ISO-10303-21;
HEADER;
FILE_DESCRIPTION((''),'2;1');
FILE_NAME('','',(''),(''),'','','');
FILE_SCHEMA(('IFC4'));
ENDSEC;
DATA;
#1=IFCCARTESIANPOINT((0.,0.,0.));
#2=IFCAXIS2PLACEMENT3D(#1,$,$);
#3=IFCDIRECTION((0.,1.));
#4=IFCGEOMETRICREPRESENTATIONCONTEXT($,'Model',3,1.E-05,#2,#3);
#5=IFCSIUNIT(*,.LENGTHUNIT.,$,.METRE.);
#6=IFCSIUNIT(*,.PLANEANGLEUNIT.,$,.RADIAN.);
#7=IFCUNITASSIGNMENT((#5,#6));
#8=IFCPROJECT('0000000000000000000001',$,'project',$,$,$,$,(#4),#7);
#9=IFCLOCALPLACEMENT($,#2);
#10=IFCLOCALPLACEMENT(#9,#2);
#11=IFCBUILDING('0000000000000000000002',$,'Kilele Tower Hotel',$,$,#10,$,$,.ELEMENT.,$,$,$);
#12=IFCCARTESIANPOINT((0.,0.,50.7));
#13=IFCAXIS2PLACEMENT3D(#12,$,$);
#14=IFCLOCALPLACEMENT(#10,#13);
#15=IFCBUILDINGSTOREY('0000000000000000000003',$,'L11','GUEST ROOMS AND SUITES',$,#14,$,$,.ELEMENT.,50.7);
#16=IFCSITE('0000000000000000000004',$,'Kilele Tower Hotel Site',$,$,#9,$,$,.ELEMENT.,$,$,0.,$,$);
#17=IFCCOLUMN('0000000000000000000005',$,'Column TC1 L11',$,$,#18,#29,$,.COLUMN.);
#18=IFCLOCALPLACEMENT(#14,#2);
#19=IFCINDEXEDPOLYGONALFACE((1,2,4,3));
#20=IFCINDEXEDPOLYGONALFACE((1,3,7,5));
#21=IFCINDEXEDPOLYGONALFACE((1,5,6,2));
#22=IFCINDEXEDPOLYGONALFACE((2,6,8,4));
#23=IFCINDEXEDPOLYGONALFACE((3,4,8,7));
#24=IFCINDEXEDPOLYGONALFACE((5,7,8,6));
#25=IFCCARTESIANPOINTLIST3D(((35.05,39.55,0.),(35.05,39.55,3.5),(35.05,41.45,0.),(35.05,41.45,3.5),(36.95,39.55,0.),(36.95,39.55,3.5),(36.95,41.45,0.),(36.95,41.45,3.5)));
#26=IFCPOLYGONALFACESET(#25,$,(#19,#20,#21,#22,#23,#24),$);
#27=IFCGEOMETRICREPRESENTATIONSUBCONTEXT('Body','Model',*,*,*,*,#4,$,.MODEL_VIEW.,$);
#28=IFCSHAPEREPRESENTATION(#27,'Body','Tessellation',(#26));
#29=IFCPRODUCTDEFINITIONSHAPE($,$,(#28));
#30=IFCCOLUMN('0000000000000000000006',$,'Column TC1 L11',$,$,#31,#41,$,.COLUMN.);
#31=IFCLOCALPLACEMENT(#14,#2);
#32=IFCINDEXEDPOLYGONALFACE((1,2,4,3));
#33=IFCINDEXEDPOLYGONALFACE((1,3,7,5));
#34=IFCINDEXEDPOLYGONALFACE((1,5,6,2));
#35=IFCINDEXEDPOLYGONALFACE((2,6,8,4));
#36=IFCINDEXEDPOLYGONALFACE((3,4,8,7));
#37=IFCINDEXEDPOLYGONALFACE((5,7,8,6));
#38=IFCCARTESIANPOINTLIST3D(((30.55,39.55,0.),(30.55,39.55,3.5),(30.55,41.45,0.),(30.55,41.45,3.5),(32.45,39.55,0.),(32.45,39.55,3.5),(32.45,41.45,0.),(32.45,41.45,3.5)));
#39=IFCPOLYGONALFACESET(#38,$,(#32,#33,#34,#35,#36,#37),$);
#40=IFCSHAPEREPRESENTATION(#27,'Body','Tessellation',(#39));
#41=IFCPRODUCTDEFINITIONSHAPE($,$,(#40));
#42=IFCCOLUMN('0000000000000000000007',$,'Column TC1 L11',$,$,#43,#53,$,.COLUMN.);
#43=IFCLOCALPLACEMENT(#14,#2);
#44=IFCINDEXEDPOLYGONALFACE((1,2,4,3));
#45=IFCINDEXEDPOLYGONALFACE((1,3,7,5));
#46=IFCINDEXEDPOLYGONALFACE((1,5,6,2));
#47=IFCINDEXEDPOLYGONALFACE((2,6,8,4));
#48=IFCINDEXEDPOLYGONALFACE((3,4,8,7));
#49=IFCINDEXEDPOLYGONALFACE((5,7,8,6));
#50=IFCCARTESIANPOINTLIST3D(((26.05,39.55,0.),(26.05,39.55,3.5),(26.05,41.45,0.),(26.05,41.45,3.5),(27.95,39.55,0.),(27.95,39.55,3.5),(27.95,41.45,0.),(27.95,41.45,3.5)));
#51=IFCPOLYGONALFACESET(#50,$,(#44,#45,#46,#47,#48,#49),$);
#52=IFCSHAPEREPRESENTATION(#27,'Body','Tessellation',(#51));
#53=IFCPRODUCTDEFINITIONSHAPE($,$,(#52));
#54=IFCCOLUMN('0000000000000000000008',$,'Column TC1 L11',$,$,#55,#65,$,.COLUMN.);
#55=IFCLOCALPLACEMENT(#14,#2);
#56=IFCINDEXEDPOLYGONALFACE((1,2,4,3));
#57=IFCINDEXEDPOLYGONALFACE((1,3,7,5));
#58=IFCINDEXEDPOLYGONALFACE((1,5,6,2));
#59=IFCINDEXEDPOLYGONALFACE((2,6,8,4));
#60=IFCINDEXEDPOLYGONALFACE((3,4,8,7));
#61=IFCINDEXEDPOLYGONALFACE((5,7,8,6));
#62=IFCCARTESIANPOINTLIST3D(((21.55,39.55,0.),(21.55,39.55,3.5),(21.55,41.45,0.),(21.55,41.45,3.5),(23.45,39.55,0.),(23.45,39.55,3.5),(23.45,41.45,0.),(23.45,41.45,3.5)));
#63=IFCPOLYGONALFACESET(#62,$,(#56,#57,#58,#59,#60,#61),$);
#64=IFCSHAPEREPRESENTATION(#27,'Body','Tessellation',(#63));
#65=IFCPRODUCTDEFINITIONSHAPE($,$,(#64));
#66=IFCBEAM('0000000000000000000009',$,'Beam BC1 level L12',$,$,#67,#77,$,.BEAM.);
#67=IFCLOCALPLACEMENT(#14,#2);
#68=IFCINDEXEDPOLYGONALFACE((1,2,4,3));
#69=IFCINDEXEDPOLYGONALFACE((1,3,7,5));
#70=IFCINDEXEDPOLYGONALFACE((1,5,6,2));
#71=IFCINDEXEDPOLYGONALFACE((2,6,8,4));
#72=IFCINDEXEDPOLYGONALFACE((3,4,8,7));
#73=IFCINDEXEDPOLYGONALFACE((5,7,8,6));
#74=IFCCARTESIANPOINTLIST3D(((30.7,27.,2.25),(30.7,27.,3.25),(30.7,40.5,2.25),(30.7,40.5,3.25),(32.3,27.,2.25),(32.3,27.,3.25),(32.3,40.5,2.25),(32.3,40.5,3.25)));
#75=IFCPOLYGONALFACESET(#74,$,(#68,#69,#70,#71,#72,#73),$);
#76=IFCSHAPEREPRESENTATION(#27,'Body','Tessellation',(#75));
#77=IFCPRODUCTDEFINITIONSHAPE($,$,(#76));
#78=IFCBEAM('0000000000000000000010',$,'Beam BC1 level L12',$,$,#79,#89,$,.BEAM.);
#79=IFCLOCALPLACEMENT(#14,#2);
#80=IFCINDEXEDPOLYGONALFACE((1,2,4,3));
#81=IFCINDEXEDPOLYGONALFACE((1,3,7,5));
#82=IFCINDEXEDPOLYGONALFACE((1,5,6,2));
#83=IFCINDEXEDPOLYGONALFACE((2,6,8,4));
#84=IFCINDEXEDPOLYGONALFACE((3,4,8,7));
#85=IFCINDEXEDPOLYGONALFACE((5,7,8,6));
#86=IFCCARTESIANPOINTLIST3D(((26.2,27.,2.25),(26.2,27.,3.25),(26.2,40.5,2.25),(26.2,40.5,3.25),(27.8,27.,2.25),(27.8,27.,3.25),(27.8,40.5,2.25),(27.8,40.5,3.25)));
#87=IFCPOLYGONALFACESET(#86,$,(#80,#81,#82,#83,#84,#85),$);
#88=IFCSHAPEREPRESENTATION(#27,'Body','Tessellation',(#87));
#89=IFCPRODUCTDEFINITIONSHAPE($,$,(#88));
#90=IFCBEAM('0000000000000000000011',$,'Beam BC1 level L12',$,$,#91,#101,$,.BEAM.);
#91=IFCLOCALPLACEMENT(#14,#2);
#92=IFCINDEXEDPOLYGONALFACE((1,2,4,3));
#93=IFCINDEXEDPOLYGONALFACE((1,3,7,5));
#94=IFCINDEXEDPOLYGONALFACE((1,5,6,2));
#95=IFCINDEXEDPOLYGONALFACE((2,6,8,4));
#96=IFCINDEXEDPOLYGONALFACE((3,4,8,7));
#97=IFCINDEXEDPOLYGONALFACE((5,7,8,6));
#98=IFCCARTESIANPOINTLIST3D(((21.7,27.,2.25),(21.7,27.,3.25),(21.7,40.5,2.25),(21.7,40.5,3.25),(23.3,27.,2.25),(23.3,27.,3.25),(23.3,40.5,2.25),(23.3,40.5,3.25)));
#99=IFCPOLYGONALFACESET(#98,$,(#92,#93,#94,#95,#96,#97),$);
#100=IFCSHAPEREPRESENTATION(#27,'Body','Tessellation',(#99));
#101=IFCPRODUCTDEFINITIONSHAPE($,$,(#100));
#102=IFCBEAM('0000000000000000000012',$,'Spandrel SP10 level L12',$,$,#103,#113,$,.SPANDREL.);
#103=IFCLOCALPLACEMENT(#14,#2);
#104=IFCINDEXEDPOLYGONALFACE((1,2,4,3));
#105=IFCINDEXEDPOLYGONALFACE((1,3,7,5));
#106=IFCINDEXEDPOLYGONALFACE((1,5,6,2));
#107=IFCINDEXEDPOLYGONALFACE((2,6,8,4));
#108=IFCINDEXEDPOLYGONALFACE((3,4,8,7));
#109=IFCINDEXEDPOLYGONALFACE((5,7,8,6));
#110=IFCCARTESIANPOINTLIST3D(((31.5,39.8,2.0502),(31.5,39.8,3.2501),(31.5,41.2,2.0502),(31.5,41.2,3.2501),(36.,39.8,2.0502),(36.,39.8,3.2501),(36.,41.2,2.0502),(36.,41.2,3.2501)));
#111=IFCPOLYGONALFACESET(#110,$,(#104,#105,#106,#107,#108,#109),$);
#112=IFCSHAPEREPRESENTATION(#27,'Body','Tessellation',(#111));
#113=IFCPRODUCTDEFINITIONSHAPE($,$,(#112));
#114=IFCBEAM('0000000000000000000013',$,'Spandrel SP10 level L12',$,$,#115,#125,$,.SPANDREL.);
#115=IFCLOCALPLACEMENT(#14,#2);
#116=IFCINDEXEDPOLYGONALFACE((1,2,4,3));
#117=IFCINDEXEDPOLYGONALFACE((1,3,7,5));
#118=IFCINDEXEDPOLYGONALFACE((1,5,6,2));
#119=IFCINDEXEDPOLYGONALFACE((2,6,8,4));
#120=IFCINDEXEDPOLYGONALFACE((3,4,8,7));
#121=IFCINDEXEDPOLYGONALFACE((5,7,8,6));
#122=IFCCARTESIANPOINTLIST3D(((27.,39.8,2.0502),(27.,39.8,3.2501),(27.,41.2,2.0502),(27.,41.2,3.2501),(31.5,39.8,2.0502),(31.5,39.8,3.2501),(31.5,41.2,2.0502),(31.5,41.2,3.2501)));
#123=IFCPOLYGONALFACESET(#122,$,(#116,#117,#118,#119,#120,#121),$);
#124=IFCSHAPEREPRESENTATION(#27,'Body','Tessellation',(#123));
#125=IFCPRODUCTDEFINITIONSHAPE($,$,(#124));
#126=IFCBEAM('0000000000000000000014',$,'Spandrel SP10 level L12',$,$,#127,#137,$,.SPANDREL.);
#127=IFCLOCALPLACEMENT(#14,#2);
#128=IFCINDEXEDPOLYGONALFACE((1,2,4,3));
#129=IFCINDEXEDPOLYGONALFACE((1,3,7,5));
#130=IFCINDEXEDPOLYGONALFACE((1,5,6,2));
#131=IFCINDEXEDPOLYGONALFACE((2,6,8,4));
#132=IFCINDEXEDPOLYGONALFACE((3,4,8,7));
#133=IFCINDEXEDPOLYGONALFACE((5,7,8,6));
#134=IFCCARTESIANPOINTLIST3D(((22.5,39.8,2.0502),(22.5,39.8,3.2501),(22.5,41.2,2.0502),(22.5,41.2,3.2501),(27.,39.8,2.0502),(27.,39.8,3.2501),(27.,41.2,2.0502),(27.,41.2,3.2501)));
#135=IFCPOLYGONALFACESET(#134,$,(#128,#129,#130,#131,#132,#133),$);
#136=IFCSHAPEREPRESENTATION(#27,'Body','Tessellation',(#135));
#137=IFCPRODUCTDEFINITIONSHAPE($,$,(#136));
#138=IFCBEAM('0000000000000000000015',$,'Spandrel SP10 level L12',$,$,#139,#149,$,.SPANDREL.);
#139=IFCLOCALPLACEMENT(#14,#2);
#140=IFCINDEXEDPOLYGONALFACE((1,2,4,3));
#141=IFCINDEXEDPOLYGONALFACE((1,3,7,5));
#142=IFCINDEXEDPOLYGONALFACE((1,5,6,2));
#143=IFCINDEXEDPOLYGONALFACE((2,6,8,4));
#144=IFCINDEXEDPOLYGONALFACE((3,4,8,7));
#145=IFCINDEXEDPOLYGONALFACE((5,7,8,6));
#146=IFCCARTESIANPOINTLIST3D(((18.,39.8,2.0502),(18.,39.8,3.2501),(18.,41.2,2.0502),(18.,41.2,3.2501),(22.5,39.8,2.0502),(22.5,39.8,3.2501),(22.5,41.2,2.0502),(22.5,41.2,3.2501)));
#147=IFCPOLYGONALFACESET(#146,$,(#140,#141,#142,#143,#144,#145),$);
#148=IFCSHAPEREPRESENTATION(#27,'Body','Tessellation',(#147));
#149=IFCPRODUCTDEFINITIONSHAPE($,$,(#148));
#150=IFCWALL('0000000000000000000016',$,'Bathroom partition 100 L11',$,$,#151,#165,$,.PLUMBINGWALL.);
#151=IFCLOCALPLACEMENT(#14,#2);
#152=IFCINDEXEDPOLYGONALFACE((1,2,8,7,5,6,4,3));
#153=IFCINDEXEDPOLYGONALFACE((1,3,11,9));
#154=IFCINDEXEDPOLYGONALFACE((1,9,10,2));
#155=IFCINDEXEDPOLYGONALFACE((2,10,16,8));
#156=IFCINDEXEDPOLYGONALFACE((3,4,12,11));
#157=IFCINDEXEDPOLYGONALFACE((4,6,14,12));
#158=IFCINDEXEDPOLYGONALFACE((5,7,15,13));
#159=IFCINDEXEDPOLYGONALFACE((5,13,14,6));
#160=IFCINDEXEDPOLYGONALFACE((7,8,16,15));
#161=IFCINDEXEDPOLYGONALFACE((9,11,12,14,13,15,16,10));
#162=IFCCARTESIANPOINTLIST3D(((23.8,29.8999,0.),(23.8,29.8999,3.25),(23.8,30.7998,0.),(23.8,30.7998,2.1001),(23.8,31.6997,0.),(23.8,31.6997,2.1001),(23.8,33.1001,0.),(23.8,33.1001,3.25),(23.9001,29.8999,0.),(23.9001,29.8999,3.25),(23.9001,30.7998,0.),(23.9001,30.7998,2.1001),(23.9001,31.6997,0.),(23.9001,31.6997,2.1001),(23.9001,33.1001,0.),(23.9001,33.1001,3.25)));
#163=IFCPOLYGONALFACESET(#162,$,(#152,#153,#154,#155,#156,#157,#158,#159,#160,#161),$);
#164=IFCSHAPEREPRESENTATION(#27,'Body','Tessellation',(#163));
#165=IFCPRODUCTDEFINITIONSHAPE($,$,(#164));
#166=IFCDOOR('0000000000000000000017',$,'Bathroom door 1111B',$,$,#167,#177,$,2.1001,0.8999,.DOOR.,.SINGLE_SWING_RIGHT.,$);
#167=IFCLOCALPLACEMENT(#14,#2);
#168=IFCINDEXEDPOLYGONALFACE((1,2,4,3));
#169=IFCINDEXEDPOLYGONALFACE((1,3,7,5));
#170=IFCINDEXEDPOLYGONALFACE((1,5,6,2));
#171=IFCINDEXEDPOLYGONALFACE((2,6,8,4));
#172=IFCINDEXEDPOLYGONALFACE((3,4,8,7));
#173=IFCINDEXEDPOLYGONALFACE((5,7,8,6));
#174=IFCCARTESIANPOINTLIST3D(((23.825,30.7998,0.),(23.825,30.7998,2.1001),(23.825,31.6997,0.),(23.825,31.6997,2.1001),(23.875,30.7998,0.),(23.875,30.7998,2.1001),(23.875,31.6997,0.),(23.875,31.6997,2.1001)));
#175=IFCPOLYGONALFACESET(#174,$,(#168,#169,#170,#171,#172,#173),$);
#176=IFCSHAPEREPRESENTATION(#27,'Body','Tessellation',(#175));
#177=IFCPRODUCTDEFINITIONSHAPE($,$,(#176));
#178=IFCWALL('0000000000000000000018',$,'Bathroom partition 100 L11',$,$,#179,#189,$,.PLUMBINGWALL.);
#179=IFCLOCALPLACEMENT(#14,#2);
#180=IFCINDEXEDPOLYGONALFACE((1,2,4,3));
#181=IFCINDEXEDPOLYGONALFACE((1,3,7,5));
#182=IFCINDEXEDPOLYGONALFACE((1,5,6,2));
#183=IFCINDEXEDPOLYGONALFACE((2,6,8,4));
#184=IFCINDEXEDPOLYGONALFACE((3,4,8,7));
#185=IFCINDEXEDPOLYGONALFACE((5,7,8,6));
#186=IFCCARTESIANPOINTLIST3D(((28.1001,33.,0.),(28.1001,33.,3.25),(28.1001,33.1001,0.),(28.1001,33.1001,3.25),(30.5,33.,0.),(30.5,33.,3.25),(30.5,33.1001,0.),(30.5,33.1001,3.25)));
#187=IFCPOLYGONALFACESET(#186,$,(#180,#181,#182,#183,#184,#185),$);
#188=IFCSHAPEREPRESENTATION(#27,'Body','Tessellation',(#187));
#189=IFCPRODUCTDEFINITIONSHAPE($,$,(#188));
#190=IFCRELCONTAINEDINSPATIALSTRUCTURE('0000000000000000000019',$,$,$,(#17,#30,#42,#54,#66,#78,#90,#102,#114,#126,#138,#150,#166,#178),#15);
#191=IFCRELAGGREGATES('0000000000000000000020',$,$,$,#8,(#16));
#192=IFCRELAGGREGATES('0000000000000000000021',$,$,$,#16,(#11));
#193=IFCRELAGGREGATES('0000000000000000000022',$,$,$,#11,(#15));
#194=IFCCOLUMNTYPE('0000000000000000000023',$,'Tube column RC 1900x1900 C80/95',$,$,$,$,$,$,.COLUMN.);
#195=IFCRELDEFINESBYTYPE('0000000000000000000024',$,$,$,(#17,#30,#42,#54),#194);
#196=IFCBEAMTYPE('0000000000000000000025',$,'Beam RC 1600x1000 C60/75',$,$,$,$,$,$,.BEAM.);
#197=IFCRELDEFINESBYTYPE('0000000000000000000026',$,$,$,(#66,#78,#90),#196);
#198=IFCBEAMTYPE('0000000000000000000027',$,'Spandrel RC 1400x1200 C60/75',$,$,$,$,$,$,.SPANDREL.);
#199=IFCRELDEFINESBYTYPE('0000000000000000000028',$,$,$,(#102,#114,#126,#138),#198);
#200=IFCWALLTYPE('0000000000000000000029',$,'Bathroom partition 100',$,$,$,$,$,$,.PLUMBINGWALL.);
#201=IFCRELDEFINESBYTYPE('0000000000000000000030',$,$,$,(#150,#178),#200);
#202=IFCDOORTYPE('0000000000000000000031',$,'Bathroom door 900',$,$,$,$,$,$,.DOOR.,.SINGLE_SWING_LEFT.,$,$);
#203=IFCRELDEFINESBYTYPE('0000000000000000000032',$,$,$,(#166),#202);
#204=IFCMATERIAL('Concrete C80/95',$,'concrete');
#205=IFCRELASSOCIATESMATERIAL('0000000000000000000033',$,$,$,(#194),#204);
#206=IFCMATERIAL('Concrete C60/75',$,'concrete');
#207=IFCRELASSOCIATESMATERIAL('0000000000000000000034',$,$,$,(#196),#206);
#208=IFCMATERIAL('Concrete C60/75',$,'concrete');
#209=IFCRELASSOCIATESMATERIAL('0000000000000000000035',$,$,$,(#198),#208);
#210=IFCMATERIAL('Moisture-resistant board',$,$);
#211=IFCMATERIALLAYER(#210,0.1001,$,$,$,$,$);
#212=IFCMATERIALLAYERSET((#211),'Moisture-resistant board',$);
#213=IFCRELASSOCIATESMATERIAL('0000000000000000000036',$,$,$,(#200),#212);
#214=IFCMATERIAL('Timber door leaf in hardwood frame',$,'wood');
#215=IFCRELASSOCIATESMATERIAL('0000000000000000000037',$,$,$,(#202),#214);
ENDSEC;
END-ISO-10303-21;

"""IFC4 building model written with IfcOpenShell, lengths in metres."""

from ifc_helpers import new_model, si_unit, direction, frame, frame_2d, origin, origin_2d, place, context, subcontext, project, spatial, rectangle, extrude, material, layer, layer_set, material_profile, profile_set, type_object, element, fill, save


model = new_model("IFC4")

# Units and contexts
model_context = context("Model", 3, precision=1e-05, world=origin(), true_north=direction((0.0, 1.0)))
body_context = subcontext(model_context, "Body", "Model", "MODEL_VIEW")
ifc_project = project(units=[si_unit("LENGTHUNIT", "METRE"), si_unit("PLANEANGLEUNIT", "RADIAN")], contexts=[model_context])

# Site, building, storey
site_placement = place(None, origin())
site = spatial("IfcSite", under=ifc_project, at=site_placement, Name="Kilele Tower Hotel Site", CompositionType="ELEMENT", RefElevation=0.0)
building_placement = place(site_placement, origin())
building = spatial("IfcBuilding", under=site, at=building_placement, Name="Kilele Tower Hotel", CompositionType="ELEMENT")
storey_placement = place(building_placement, frame((0.0, 0.0, 50.7)))
storey = spatial("IfcBuildingStorey", under=building, at=storey_placement, Name="L11", Description="GUEST ROOMS AND SUITES", CompositionType="ELEMENT", Elevation=50.7)

# Columns
ifc_material_1 = material(Name="Concrete C80/95", Category="concrete")
ifc_material_profile_1 = material_profile(ifc_material_1, rectangle(XDim=1.8999, YDim=1.8999, at=origin_2d()))
ifc_profile_set_1 = profile_set([ifc_material_profile_1], Name="Concrete C80/95")
column_type = type_object("IfcColumnType", Name="Tube column RC 1900x1900 C80/95", PredefinedType="COLUMN", material=ifc_profile_set_1)
for number, where, z_axis, x_axis, name in (
    (1, (36.0, 40.5, 0.0), (0.0, 0.0, 1.0), (1.0, 0.0, 0.0), "Column TC1 L11"),
    (2, (31.5, 40.5, 0.0), (0.0, 0.0, 1.0), (1.0, 0.0, 0.0), "Column TC1 L11"),
    (3, (27.0, 40.5, 0.0), (0.0, 0.0, 1.0), (1.0, 0.0, 0.0), "Column TC1 L11"),
    (4, (22.5, 40.5, 0.0), (0.0, 0.0, 1.0), (1.0, 0.0, 0.0), "Column TC1 L11"),
):
    element("IfcColumn", number, at=place(storey_placement, frame(where, z_axis=z_axis, x_axis=x_axis)), inside=storey, type_object=column_type, Name=name, PredefinedType="COLUMN", context=body_context, shape_type="SweptSolid", body=[
        extrude(rectangle(XDim=1.8999, YDim=1.8999, at=origin_2d()), origin(), (0.0, 0.0, 1.0), 3.5),
    ])

# Beams
ifc_material_2 = material(Name="Concrete C60/75", Category="concrete")
ifc_material_profile_2 = material_profile(ifc_material_2, rectangle(XDim=1.6001, YDim=1.0, at=origin_2d()))
ifc_profile_set_2 = profile_set([ifc_material_profile_2], Name="Concrete C60/75")
beam_type_1 = type_object("IfcBeamType", Name="Beam RC 1600x1000 C60/75", PredefinedType="BEAM", material=ifc_profile_set_2)
for number, where, z_axis, x_axis, name in (
    (5, (31.5, 40.5, 2.75), (0.0, -1.0, 0.0), (1.0, 0.0, 0.0), "Beam BC1 level L12"),
    (6, (27.0, 40.5, 2.75), (0.0, -1.0, 0.0), (1.0, 0.0, 0.0), "Beam BC1 level L12"),
    (7, (22.5, 40.5, 2.75), (0.0, -1.0, 0.0), (1.0, 0.0, 0.0), "Beam BC1 level L12"),
):
    element("IfcBeam", number, at=place(storey_placement, frame(where, z_axis=z_axis, x_axis=x_axis)), inside=storey, type_object=beam_type_1, Name=name, PredefinedType="BEAM", context=body_context, shape_type="SweptSolid", body=[
        extrude(rectangle(XDim=1.6001, YDim=1.0, at=origin_2d()), origin(), (0.0, 0.0, 1.0), 13.5),
    ])
ifc_material_3 = material(Name="Concrete C60/75", Category="concrete")
ifc_material_profile_3 = material_profile(ifc_material_3, rectangle(XDim=1.3999, YDim=1.2, at=origin_2d()))
ifc_profile_set_3 = profile_set([ifc_material_profile_3], Name="Concrete C60/75")
beam_type_2 = type_object("IfcBeamType", Name="Spandrel RC 1400x1200 C60/75", PredefinedType="SPANDREL", material=ifc_profile_set_3)
for number, where, z_axis, x_axis, name in (
    (8, (36.0, 40.5, 2.6501), (-1.0, 0.0, 0.0), (0.0, -1.0, 0.0), "Spandrel SP10 level L12"),
    (9, (31.5, 40.5, 2.6501), (-1.0, 0.0, 0.0), (0.0, -1.0, 0.0), "Spandrel SP10 level L12"),
    (10, (27.0, 40.5, 2.6501), (-1.0, 0.0, 0.0), (0.0, -1.0, 0.0), "Spandrel SP10 level L12"),
    (11, (22.5, 40.5, 2.6501), (-1.0, 0.0, 0.0), (0.0, -1.0, 0.0), "Spandrel SP10 level L12"),
):
    element("IfcBeam", number, at=place(storey_placement, frame(where, z_axis=z_axis, x_axis=x_axis)), inside=storey, type_object=beam_type_2, Name=name, PredefinedType="SPANDREL", context=body_context, shape_type="SweptSolid", body=[
        extrude(rectangle(XDim=1.3999, YDim=1.2, at=origin_2d()), origin(), (0.0, 0.0, 1.0), 4.5),
    ])

# Wall, opening, door
ifc_material_4 = material(Name="Moisture-resistant board")
ifc_layer_1 = layer(ifc_material_4, 0.1001)
ifc_layer_set_1 = layer_set([ifc_layer_1], Name="Moisture-resistant board")
wall_type_1 = type_object("IfcWallType", Name="Bathroom partition 100", PredefinedType="PLUMBINGWALL", material=ifc_layer_set_1)
wall_1_placement = place(storey_placement, frame((23.8501, 29.8999, 0.0), z_axis=(0.0, 0.0, 1.0), x_axis=(0.0, 1.0, 0.0)))
wall_1 = element("IfcWall", 12, at=wall_1_placement, inside=storey, type_object=wall_type_1, Name="Bathroom partition 100 L11", PredefinedType="PLUMBINGWALL", context=body_context, shape_type="SweptSolid", body=[
    extrude(rectangle(XDim=3.2002, YDim=0.1001, at=frame_2d((1.6001, 0.0))), origin(), (0.0, 0.0, 1.0), 3.25),
])
opening_1_placement = place(wall_1_placement, frame((1.7998, 0.0, 0.0), z_axis=(0.0, 0.0, 1.0), x_axis=(-1.0, 0.0, 0.0)))
opening_1 = element("IfcOpeningElement", 13, at=opening_1_placement, cuts=wall_1, PredefinedType="OPENING", context=body_context, shape_type="SweptSolid", body=[
    extrude(rectangle(XDim=0.8999, YDim=2.1001, at=frame_2d((0.45, 1.05))), frame((0.0, 0.0601, 0.0), z_axis=(0.0, -1.0, 0.0), x_axis=(1.0, 0.0, 0.0)), (0.0, 0.0, 1.0), 0.1201),
])
ifc_material_5 = material(Name="Timber door leaf in hardwood frame", Category="wood")
door_type_1 = type_object("IfcDoorType", Name="Bathroom door 900", OperationType="SINGLE_SWING_LEFT", PredefinedType="DOOR", material=ifc_material_5)
door_1_placement = place(opening_1_placement, origin())
door_1 = element("IfcDoor", 14, at=door_1_placement, inside=storey, type_object=door_type_1, Name="Bathroom door 1111B", OperationType="SINGLE_SWING_RIGHT", OverallHeight=2.1001, OverallWidth=0.8999, PredefinedType="DOOR", context=body_context, shape_type="SweptSolid", body=[
    extrude(rectangle(XDim=0.8999, YDim=2.1001, at=frame_2d((0.45, 1.05))), frame((0.0, 0.0249, 0.0), z_axis=(0.0, -1.0, 0.0), x_axis=(1.0, 0.0, 0.0)), (0.0, 0.0, 1.0), 0.05),
])
fill(opening_1, door_1)

# Wall
wall_2_placement = place(storey_placement, frame((28.1001, 33.05, 0.0), z_axis=(0.0, 0.0, 1.0), x_axis=(1.0, 0.0, 0.0)))
element("IfcWall", 15, at=wall_2_placement, inside=storey, type_object=wall_type_1, Name="Bathroom partition 100 L11", PredefinedType="PLUMBINGWALL", context=body_context, shape_type="SweptSolid", body=[
    extrude(rectangle(XDim=2.3999, YDim=0.1001, at=frame_2d((1.2, 0.0))), origin(), (0.0, 0.0, 1.0), 3.25),
])

save(model, "model.ifc")
